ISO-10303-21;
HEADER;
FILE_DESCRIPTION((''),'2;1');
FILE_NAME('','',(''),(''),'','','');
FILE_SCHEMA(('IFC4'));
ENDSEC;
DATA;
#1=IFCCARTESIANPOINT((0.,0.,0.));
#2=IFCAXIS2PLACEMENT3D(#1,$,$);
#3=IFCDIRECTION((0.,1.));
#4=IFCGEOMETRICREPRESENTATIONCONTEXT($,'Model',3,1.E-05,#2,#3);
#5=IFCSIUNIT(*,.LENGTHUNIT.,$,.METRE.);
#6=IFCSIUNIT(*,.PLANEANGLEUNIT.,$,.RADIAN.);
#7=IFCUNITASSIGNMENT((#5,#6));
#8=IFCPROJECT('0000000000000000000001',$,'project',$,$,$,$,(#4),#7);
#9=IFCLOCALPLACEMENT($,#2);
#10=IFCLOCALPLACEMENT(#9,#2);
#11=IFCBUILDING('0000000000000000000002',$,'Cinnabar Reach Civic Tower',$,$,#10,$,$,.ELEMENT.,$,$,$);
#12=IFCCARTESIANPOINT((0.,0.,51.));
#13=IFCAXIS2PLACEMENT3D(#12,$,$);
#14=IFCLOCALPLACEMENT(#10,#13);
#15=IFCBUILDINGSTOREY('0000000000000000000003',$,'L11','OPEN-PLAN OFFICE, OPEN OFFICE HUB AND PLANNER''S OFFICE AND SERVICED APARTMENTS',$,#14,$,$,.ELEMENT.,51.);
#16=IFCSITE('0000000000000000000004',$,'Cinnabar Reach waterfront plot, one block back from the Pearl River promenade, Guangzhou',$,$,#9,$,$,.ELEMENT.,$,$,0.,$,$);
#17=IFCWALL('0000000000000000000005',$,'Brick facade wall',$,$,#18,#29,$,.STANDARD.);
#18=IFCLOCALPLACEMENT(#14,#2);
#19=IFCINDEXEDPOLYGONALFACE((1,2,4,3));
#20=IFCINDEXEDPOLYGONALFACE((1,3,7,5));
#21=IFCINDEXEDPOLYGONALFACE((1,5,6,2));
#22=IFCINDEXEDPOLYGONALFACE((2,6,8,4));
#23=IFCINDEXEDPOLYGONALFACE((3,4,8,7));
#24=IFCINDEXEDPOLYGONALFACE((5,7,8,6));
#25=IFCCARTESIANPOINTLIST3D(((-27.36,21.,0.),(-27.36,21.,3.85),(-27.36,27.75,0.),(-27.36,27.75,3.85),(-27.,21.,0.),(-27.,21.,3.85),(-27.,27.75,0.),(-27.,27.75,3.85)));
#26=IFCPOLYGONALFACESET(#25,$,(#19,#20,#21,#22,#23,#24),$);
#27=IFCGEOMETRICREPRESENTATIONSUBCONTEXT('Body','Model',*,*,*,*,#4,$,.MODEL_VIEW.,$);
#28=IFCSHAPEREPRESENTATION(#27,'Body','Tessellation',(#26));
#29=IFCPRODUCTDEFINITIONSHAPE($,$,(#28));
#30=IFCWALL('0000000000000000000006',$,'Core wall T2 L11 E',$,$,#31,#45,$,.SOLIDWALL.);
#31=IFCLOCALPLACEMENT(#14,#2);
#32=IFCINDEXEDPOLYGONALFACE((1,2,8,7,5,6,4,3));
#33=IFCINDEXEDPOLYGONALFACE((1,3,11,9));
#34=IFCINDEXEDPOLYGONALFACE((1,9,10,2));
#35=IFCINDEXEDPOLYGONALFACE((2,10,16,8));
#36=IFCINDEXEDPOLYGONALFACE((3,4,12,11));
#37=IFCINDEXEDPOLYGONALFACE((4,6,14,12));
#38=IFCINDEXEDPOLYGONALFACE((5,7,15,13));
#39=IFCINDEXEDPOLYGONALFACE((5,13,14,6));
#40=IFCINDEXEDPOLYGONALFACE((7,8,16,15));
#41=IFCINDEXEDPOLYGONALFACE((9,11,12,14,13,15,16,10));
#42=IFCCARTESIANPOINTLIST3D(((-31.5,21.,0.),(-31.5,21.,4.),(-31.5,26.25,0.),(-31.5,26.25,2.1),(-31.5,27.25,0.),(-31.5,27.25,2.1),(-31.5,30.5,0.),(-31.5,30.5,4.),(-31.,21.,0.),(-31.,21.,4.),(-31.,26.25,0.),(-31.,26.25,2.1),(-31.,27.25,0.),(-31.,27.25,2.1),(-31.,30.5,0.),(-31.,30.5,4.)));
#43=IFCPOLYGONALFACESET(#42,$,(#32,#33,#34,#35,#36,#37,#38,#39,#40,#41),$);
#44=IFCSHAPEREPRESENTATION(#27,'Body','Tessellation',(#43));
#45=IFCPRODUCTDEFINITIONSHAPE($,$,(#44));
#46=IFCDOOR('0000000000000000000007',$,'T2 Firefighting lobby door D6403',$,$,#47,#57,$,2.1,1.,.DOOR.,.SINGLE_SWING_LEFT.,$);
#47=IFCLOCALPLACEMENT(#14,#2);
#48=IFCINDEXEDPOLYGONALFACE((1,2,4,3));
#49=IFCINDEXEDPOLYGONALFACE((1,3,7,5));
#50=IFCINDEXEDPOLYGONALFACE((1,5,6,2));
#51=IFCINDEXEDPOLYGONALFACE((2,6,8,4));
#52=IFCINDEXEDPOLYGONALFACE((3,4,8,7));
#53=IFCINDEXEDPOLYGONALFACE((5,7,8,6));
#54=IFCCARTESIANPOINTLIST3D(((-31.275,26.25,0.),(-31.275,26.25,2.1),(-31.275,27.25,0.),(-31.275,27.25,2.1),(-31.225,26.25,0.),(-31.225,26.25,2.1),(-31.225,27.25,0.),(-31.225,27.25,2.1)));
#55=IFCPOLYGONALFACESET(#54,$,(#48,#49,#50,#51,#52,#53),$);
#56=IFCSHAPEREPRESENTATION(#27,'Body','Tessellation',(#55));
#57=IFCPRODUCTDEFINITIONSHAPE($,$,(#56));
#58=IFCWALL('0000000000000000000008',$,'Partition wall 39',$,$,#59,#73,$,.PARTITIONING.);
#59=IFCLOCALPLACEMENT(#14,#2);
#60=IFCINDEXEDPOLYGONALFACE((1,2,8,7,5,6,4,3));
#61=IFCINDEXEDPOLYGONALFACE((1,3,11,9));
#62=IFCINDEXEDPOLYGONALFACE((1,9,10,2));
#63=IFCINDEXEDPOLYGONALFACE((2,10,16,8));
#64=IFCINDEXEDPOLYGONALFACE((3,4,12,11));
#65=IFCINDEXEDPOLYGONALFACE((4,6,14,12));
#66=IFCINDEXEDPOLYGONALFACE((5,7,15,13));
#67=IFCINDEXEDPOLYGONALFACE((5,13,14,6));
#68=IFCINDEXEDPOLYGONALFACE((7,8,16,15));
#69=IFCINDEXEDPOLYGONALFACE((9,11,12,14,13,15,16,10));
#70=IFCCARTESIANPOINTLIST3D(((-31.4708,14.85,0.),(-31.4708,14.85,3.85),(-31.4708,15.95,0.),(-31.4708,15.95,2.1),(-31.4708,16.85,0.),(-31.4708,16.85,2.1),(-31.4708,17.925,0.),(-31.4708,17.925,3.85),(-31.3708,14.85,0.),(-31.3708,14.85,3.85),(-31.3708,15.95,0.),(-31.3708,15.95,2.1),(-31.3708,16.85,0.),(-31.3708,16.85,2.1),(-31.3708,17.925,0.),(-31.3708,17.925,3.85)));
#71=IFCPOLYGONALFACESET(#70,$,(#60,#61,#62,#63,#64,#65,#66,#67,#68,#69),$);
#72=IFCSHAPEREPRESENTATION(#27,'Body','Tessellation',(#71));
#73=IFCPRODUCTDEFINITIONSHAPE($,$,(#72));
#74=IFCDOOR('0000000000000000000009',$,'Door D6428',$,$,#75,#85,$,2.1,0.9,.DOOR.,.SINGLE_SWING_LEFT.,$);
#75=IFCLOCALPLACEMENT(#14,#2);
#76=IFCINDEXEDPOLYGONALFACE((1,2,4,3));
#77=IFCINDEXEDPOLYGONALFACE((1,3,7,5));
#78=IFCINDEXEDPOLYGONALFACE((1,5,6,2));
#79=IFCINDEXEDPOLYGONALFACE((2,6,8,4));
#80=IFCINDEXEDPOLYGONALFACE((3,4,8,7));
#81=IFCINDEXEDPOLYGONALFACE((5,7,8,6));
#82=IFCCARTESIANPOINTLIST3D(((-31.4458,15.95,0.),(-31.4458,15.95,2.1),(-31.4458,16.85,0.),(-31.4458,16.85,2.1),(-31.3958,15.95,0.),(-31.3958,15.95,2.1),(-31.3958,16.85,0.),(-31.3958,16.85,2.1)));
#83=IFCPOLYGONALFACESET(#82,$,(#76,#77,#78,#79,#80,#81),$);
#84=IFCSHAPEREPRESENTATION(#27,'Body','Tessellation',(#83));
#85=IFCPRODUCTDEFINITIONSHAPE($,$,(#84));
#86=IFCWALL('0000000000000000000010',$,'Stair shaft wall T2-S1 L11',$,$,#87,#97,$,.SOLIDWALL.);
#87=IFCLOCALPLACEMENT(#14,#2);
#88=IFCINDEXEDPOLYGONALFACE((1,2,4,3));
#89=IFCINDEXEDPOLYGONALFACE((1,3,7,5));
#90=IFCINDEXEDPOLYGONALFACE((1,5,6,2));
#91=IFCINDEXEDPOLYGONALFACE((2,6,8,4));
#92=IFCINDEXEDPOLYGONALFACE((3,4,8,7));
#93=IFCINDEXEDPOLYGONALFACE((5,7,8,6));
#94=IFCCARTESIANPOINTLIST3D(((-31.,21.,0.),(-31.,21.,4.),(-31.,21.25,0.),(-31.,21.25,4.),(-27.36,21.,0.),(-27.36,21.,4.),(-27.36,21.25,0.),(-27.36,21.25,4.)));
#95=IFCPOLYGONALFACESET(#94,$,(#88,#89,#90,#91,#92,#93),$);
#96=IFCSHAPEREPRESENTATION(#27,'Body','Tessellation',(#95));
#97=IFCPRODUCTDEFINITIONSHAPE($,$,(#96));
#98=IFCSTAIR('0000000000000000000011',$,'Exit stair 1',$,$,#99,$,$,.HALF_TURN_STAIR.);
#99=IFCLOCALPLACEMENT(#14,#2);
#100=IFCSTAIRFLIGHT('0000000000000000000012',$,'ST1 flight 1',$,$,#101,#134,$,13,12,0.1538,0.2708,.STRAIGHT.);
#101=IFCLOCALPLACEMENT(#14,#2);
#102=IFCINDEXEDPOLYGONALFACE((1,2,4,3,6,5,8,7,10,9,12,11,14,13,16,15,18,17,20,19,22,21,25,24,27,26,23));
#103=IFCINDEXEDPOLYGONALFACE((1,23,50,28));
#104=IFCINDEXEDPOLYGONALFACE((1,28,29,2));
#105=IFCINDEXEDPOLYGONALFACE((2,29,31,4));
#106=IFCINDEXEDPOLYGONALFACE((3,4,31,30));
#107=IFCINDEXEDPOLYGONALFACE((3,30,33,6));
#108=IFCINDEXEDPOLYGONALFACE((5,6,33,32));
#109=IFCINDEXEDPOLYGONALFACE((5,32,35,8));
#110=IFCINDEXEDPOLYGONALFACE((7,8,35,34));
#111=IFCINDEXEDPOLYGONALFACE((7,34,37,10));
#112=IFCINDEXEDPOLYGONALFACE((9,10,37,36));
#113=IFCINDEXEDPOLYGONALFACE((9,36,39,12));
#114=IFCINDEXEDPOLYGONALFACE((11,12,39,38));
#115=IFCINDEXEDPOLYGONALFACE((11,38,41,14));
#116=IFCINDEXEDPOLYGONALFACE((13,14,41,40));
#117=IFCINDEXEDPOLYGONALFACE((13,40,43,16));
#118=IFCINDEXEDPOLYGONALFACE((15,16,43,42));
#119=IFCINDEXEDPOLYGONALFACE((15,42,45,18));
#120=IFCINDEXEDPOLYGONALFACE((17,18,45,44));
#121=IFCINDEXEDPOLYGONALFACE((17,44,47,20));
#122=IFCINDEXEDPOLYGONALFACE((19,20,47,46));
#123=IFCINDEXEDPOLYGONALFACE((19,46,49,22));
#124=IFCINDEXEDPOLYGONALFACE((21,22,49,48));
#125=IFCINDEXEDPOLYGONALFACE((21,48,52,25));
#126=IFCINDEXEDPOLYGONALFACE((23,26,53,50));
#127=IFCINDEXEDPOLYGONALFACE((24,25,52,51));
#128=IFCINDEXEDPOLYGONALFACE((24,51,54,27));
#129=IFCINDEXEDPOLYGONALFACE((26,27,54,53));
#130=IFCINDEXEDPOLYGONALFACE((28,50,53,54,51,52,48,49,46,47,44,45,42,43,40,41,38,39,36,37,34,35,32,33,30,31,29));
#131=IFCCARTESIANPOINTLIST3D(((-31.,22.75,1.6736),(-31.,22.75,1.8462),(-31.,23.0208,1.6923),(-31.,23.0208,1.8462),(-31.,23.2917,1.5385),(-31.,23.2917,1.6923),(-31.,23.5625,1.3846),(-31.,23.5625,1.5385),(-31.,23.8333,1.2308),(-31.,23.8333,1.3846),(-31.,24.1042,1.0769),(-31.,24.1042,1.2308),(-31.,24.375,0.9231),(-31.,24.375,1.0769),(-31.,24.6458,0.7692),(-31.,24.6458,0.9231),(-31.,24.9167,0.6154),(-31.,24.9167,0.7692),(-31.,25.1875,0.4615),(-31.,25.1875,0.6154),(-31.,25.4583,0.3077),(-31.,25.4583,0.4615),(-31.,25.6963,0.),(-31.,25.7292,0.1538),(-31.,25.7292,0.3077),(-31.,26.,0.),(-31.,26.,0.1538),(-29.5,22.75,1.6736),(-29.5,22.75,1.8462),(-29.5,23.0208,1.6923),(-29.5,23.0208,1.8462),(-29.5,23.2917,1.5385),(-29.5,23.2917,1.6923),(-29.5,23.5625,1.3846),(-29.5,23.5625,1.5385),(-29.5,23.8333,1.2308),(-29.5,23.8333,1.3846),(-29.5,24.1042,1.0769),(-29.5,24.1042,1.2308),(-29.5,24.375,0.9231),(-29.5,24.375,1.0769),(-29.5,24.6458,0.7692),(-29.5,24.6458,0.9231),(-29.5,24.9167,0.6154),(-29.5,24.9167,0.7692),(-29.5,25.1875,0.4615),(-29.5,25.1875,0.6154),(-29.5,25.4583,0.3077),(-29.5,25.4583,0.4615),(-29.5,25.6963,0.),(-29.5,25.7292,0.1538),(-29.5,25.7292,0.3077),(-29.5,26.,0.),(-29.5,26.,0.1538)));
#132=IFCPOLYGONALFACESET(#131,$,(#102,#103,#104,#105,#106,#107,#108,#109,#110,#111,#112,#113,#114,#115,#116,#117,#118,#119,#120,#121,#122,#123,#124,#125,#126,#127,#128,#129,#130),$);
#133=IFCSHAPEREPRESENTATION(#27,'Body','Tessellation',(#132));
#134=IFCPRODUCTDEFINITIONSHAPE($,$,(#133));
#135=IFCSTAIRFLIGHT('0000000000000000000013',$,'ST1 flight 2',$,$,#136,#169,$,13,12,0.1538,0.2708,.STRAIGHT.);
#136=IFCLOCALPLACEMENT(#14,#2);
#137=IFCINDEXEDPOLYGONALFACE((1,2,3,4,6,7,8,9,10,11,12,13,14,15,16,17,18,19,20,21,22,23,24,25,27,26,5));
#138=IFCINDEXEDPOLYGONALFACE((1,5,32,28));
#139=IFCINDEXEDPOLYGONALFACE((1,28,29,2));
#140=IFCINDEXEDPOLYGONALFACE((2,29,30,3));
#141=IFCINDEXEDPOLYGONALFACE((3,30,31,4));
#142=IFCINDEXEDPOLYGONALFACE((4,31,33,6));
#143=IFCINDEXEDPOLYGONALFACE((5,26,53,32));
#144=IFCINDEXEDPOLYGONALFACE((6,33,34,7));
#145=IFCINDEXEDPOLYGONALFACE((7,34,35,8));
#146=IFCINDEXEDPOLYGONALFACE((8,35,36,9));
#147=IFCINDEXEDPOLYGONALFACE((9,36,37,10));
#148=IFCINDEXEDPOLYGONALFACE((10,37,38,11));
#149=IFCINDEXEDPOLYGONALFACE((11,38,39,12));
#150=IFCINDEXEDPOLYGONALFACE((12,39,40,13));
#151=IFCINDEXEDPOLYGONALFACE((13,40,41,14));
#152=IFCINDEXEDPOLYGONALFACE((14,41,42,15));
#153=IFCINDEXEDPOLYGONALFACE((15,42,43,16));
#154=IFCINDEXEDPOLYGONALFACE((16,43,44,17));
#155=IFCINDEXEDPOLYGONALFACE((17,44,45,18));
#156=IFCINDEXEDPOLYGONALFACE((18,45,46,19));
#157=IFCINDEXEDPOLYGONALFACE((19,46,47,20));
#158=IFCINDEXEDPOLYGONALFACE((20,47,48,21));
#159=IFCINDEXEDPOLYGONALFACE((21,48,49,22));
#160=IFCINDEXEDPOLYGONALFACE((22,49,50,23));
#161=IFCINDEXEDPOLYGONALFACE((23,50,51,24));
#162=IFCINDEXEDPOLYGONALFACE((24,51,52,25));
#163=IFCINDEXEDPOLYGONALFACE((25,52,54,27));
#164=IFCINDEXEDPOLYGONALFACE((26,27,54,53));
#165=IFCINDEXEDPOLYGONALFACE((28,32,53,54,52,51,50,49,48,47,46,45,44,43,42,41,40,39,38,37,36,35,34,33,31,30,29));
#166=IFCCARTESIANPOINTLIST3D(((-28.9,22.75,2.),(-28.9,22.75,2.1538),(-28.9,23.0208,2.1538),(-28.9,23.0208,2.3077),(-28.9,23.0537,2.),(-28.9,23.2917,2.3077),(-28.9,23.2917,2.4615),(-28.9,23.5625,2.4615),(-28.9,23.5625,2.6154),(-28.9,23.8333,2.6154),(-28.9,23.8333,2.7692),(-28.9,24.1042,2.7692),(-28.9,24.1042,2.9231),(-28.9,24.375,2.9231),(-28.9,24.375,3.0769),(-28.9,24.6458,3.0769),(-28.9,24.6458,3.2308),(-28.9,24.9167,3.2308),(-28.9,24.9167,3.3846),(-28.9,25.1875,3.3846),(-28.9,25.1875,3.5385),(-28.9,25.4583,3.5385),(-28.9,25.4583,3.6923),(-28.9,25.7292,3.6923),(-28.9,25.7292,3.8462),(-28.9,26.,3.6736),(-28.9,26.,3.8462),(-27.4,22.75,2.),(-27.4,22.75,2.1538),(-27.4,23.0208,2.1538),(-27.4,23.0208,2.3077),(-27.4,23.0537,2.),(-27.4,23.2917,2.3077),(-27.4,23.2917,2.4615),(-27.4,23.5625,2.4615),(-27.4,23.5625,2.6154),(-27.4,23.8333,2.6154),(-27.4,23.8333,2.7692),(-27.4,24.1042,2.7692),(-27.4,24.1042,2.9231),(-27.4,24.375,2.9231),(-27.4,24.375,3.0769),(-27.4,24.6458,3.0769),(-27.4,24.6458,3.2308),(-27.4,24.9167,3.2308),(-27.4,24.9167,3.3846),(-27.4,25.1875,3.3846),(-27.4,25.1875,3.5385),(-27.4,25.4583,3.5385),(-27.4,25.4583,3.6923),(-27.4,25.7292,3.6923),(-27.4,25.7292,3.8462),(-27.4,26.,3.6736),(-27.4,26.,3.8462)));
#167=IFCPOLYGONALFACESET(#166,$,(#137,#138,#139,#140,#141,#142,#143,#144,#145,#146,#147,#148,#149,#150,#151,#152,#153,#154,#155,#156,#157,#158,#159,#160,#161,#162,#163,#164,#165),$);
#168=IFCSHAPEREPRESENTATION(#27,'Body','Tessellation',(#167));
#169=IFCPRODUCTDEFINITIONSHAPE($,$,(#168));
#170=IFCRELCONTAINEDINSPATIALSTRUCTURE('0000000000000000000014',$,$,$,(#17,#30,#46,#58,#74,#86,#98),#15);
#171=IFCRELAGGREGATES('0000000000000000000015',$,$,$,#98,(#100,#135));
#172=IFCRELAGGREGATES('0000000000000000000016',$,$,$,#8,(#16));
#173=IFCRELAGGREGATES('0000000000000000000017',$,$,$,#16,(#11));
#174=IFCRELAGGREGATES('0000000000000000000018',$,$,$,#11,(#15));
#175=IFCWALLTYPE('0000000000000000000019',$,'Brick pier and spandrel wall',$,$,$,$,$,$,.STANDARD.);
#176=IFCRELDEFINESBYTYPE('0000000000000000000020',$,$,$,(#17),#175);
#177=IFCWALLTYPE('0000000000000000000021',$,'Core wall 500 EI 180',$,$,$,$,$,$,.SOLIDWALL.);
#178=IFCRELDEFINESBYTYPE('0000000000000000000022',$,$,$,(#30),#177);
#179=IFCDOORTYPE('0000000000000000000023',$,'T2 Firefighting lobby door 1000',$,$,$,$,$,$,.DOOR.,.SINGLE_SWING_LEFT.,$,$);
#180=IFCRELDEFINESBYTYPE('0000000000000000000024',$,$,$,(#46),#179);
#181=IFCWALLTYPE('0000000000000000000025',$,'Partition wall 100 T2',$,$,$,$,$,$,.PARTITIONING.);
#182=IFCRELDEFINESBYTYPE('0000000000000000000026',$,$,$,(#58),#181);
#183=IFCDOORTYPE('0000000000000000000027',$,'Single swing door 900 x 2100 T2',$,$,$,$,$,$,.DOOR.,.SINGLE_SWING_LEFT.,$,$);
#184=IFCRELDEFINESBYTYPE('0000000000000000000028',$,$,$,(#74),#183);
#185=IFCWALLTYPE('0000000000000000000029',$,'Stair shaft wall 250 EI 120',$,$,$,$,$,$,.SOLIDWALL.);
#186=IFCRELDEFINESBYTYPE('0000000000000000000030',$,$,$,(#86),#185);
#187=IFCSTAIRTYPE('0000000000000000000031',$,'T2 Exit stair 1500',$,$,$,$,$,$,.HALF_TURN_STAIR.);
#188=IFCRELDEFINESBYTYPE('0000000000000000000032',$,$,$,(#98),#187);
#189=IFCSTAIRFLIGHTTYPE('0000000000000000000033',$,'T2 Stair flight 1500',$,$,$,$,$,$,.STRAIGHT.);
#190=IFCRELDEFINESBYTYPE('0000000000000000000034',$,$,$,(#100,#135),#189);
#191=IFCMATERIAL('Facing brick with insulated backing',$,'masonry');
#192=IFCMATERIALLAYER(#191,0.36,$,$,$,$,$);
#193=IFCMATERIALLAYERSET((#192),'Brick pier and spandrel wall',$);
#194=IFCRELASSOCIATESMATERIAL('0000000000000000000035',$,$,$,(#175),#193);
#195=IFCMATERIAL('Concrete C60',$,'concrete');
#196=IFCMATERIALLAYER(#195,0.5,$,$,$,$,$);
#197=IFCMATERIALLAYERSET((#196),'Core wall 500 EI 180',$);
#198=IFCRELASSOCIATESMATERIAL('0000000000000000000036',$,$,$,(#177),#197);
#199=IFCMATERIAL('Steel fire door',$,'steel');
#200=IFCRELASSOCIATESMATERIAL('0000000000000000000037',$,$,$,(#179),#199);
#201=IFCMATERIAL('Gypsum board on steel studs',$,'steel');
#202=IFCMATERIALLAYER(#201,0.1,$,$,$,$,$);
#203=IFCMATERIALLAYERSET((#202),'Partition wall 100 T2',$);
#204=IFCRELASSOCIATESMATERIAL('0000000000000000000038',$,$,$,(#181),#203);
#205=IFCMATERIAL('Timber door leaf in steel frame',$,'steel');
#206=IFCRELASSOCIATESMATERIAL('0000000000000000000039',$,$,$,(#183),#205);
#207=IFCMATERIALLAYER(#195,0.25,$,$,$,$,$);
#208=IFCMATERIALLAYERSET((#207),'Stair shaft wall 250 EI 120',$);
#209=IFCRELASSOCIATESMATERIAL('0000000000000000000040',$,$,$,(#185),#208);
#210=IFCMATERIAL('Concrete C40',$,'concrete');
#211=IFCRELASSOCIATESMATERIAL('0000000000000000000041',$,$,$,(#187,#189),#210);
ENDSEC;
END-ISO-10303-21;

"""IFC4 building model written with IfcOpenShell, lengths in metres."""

from ifc_helpers import new_model, si_unit, direction, frame, frame_2d, origin, place, context, subcontext, project, spatial, polyline, rectangle, outline, extrude, material, layer, layer_set, type_object, element, fill, aggregate, save


model = new_model("IFC4")

# Units and contexts
model_context = context("Model", 3, precision=1e-05, world=origin(), true_north=direction((0.0, 1.0)))
body_context = subcontext(model_context, "Body", "Model", "MODEL_VIEW")
ifc_project = project(units=[si_unit("LENGTHUNIT", "METRE"), si_unit("PLANEANGLEUNIT", "RADIAN")], contexts=[model_context])

# Site, building, storey
site_placement = place(None, origin())
site = spatial("IfcSite", under=ifc_project, at=site_placement, Name="Cinnabar Reach waterfront plot, one block back from the Pearl River promenade, Guangzhou", CompositionType="ELEMENT", RefElevation=0.0)
building_placement = place(site_placement, origin())
building = spatial("IfcBuilding", under=site, at=building_placement, Name="Cinnabar Reach Civic Tower", CompositionType="ELEMENT")
storey_placement = place(building_placement, frame((0.0, 0.0, 51.0)))
storey = spatial("IfcBuildingStorey", under=building, at=storey_placement, Name="L11", Description="OPEN-PLAN OFFICE, OPEN OFFICE HUB AND PLANNER'S OFFICE AND SERVICED APARTMENTS", CompositionType="ELEMENT", Elevation=51.0)

# Shared definitions
ifc_material_1 = material(Name="Concrete C60", Category="concrete")

# Shared definitions
ifc_material_2 = material(Name="Concrete C40", Category="concrete")

# Shared definitions
ifc_material_3 = material(Name="Facing brick with insulated backing", Category="masonry")
ifc_layer_1 = layer(ifc_material_3, 0.36)
ifc_layer_set_1 = layer_set([ifc_layer_1], Name="Brick pier and spandrel wall")
wall_type_1 = type_object("IfcWallType", Name="Brick pier and spandrel wall", PredefinedType="STANDARD", material=ifc_layer_set_1)

# Wall
wall_1_placement = place(storey_placement, frame((-27.18, 21.0, 0.0), z_axis=(0.0, 0.0, 1.0), x_axis=(0.0, 1.0, 0.0)))
element("IfcWall", 1, at=wall_1_placement, inside=storey, type_object=wall_type_1, Name="Brick facade wall", PredefinedType="STANDARD", context=body_context, shape_type="SweptSolid", body=[
    extrude(rectangle(XDim=6.75, YDim=0.36, at=frame_2d((3.375, 0.0))), origin(), (0.0, 0.0, 1.0), 3.85),
])

# Walls, openings, doors
ifc_layer_2 = layer(ifc_material_1, 0.5)
ifc_layer_set_2 = layer_set([ifc_layer_2], Name="Core wall 500 EI 180")
wall_type_2 = type_object("IfcWallType", Name="Core wall 500 EI 180", PredefinedType="SOLIDWALL", material=ifc_layer_set_2)
wall_2_placement = place(storey_placement, frame((-31.25, 21.0, 0.0), z_axis=(0.0, 0.0, 1.0), x_axis=(0.0, 1.0, 0.0)))
wall_2 = element("IfcWall", 2, at=wall_2_placement, inside=storey, type_object=wall_type_2, Name="Core wall T2 L11 E", PredefinedType="SOLIDWALL", context=body_context, shape_type="SweptSolid", body=[
    extrude(rectangle(XDim=9.5, YDim=0.5, at=frame_2d((4.75, 0.0))), origin(), (0.0, 0.0, 1.0), 4.0),
])
opening_1_placement = place(wall_2_placement, frame((5.25, 0.0, 0.0)))
opening_1 = element("IfcOpeningElement", 3, at=opening_1_placement, cuts=wall_2, PredefinedType="OPENING", context=body_context, shape_type="SweptSolid", body=[
    extrude(rectangle(XDim=1.0, YDim=2.1, at=frame_2d((0.5, 1.05))), frame((0.0, 0.26, 0.0), z_axis=(0.0, -1.0, 0.0), x_axis=(1.0, 0.0, 0.0)), (0.0, 0.0, 1.0), 0.52),
])
ifc_material_4 = material(Name="Steel fire door", Category="steel")
door_type_1 = type_object("IfcDoorType", Name="T2 Firefighting lobby door 1000", OperationType="SINGLE_SWING_LEFT", PredefinedType="DOOR", material=ifc_material_4)
door_1_placement = place(opening_1_placement, frame((1.0, 0.0, 0.0), z_axis=(0.0, 0.0, 1.0), x_axis=(-1.0, 0.0, 0.0)))
door_1 = element("IfcDoor", 4, at=door_1_placement, inside=storey, type_object=door_type_1, Name="T2 Firefighting lobby door D6403", OperationType="SINGLE_SWING_LEFT", OverallHeight=2.1, OverallWidth=1.0, PredefinedType="DOOR", context=body_context, shape_type="SweptSolid", body=[
    extrude(rectangle(XDim=1.0, YDim=2.1, at=frame_2d((0.5, 1.05))), frame((0.0, 0.025, 0.0), z_axis=(0.0, -1.0, 0.0), x_axis=(1.0, 0.0, 0.0)), (0.0, 0.0, 1.0), 0.05),
])
fill(opening_1, door_1)
ifc_material_5 = material(Name="Gypsum board on steel studs", Category="steel")
ifc_layer_3 = layer(ifc_material_5, 0.1)
ifc_layer_set_3 = layer_set([ifc_layer_3], Name="Partition wall 100 T2")
wall_type_3 = type_object("IfcWallType", Name="Partition wall 100 T2", PredefinedType="PARTITIONING", material=ifc_layer_set_3)
wall_3_placement = place(storey_placement, frame((-31.4208, 14.85, 0.0), z_axis=(0.0, 0.0, 1.0), x_axis=(0.0, 1.0, 0.0)))
wall_3 = element("IfcWall", 5, at=wall_3_placement, inside=storey, type_object=wall_type_3, Name="Partition wall 39", PredefinedType="PARTITIONING", context=body_context, shape_type="SweptSolid", body=[
    extrude(rectangle(XDim=3.075, YDim=0.1, at=frame_2d((1.5375, 0.0))), origin(), (0.0, 0.0, 1.0), 3.85),
])
opening_2_placement = place(wall_3_placement, frame((1.1, 0.0, 0.0)))
opening_2 = element("IfcOpeningElement", 6, at=opening_2_placement, cuts=wall_3, PredefinedType="OPENING", context=body_context, shape_type="SweptSolid", body=[
    extrude(rectangle(XDim=0.9, YDim=2.1, at=frame_2d((0.45, 1.05))), frame((0.0, 0.06, 0.0), z_axis=(0.0, -1.0, 0.0), x_axis=(1.0, 0.0, 0.0)), (0.0, 0.0, 1.0), 0.12),
])
ifc_material_6 = material(Name="Timber door leaf in steel frame", Category="steel")
door_type_2 = type_object("IfcDoorType", Name="Single swing door 900 x 2100 T2", OperationType="SINGLE_SWING_LEFT", PredefinedType="DOOR", material=ifc_material_6)
door_2_placement = place(opening_2_placement, origin())
door_2 = element("IfcDoor", 7, at=door_2_placement, inside=storey, type_object=door_type_2, Name="Door D6428", OperationType="SINGLE_SWING_LEFT", OverallHeight=2.1, OverallWidth=0.9, PredefinedType="DOOR", context=body_context, shape_type="SweptSolid", body=[
    extrude(rectangle(XDim=0.9, YDim=2.1, at=frame_2d((0.45, 1.05))), frame((0.0, 0.025, 0.0), z_axis=(0.0, -1.0, 0.0), x_axis=(1.0, 0.0, 0.0)), (0.0, 0.0, 1.0), 0.05),
])
fill(opening_2, door_2)

# Wall
ifc_layer_4 = layer(ifc_material_1, 0.25)
ifc_layer_set_4 = layer_set([ifc_layer_4], Name="Stair shaft wall 250 EI 120")
wall_type_4 = type_object("IfcWallType", Name="Stair shaft wall 250 EI 120", PredefinedType="SOLIDWALL", material=ifc_layer_set_4)
wall_4_placement = place(storey_placement, frame((-31.0, 21.125, 0.0), z_axis=(0.0, 0.0, 1.0), x_axis=(1.0, 0.0, 0.0)))
element("IfcWall", 8, at=wall_4_placement, inside=storey, type_object=wall_type_4, Name="Stair shaft wall T2-S1 L11", PredefinedType="SOLIDWALL", context=body_context, shape_type="SweptSolid", body=[
    extrude(rectangle(XDim=3.64, YDim=0.25, at=frame_2d((1.82, 0.0))), origin(), (0.0, 0.0, 1.0), 4.0),
])

# Stair, stair flights
stair_type = type_object("IfcStairType", Name="T2 Exit stair 1500", PredefinedType="HALF_TURN_STAIR", material=ifc_material_2)
stair_placement = place(storey_placement, origin())
stair = element("IfcStair", 9, at=stair_placement, inside=storey, type_object=stair_type, Name="Exit stair 1", PredefinedType="HALF_TURN_STAIR")
stair_flight_type = type_object("IfcStairFlightType", Name="T2 Stair flight 1500", PredefinedType="STRAIGHT", material=ifc_material_2)
stair_flight_1_placement = place(storey_placement, frame((-30.25, 26.0, 0.0), z_axis=(0.0, 0.0, 1.0), x_axis=(0.0, -1.0, 0.0)))
stair_flight_1 = element("IfcStairFlight", 10, at=stair_flight_1_placement, type_object=stair_flight_type, Name="ST1 flight 1", NumberOfRisers=13, NumberOfTreads=12, PredefinedType="STRAIGHT", RiserHeight=0.1538, TreadLength=0.2708, context=body_context, shape_type="SweptSolid", body=[
    extrude(outline(polyline([(0.0, 0.0), (0.0, 0.1538), (0.2708, 0.1538), (0.2708, 0.3077), (0.5417, 0.3077), (0.5417, 0.4615), (0.8125, 0.4615), (0.8125, 0.6154), (1.0833, 0.6154), (1.0833, 0.7692), (1.3542, 0.7692), (1.3542, 0.9231), (1.625, 0.9231), (1.625, 1.0769), (1.8958, 1.0769), (1.8958, 1.2308), (2.1667, 1.2308), (2.1667, 1.3846), (2.4375, 1.3846), (2.4375, 1.5385), (2.7083, 1.5385), (2.7083, 1.6923), (2.9792, 1.6923), (2.9792, 1.8462), (3.25, 1.8462), (3.25, 2.0), (3.25, 1.6736), (0.3037, 0.0), (0.0, 0.0)])), frame((0.0, 0.75, 0.0), z_axis=(0.0, -1.0, 0.0), x_axis=(1.0, 0.0, 0.0)), (0.0, 0.0, 1.0), 1.5),
])
stair_flight_2_placement = place(storey_placement, frame((-28.15, 22.75, 2.0), z_axis=(0.0, 0.0, 1.0), x_axis=(0.0, 1.0, 0.0)))
stair_flight_2 = element("IfcStairFlight", 11, at=stair_flight_2_placement, type_object=stair_flight_type, Name="ST1 flight 2", NumberOfRisers=13, NumberOfTreads=12, PredefinedType="STRAIGHT", RiserHeight=0.1538, TreadLength=0.2708, context=body_context, shape_type="SweptSolid", body=[
    extrude(outline(polyline([(0.0, 0.0), (0.0, 0.1538), (0.2708, 0.1538), (0.2708, 0.3077), (0.5417, 0.3077), (0.5417, 0.4615), (0.8125, 0.4615), (0.8125, 0.6154), (1.0833, 0.6154), (1.0833, 0.7692), (1.3542, 0.7692), (1.3542, 0.9231), (1.625, 0.9231), (1.625, 1.0769), (1.8958, 1.0769), (1.8958, 1.2308), (2.1667, 1.2308), (2.1667, 1.3846), (2.4375, 1.3846), (2.4375, 1.5385), (2.7083, 1.5385), (2.7083, 1.6923), (2.9792, 1.6923), (2.9792, 1.8462), (3.25, 1.8462), (3.25, 2.0), (3.25, 1.6736), (0.3037, 0.0), (0.0, 0.0)])), frame((0.0, 0.75, 0.0), z_axis=(0.0, -1.0, 0.0), x_axis=(1.0, 0.0, 0.0)), (0.0, 0.0, 1.0), 1.5),
])
aggregate(stair, [stair_flight_1, stair_flight_2])

save(model, "model.ifc")
